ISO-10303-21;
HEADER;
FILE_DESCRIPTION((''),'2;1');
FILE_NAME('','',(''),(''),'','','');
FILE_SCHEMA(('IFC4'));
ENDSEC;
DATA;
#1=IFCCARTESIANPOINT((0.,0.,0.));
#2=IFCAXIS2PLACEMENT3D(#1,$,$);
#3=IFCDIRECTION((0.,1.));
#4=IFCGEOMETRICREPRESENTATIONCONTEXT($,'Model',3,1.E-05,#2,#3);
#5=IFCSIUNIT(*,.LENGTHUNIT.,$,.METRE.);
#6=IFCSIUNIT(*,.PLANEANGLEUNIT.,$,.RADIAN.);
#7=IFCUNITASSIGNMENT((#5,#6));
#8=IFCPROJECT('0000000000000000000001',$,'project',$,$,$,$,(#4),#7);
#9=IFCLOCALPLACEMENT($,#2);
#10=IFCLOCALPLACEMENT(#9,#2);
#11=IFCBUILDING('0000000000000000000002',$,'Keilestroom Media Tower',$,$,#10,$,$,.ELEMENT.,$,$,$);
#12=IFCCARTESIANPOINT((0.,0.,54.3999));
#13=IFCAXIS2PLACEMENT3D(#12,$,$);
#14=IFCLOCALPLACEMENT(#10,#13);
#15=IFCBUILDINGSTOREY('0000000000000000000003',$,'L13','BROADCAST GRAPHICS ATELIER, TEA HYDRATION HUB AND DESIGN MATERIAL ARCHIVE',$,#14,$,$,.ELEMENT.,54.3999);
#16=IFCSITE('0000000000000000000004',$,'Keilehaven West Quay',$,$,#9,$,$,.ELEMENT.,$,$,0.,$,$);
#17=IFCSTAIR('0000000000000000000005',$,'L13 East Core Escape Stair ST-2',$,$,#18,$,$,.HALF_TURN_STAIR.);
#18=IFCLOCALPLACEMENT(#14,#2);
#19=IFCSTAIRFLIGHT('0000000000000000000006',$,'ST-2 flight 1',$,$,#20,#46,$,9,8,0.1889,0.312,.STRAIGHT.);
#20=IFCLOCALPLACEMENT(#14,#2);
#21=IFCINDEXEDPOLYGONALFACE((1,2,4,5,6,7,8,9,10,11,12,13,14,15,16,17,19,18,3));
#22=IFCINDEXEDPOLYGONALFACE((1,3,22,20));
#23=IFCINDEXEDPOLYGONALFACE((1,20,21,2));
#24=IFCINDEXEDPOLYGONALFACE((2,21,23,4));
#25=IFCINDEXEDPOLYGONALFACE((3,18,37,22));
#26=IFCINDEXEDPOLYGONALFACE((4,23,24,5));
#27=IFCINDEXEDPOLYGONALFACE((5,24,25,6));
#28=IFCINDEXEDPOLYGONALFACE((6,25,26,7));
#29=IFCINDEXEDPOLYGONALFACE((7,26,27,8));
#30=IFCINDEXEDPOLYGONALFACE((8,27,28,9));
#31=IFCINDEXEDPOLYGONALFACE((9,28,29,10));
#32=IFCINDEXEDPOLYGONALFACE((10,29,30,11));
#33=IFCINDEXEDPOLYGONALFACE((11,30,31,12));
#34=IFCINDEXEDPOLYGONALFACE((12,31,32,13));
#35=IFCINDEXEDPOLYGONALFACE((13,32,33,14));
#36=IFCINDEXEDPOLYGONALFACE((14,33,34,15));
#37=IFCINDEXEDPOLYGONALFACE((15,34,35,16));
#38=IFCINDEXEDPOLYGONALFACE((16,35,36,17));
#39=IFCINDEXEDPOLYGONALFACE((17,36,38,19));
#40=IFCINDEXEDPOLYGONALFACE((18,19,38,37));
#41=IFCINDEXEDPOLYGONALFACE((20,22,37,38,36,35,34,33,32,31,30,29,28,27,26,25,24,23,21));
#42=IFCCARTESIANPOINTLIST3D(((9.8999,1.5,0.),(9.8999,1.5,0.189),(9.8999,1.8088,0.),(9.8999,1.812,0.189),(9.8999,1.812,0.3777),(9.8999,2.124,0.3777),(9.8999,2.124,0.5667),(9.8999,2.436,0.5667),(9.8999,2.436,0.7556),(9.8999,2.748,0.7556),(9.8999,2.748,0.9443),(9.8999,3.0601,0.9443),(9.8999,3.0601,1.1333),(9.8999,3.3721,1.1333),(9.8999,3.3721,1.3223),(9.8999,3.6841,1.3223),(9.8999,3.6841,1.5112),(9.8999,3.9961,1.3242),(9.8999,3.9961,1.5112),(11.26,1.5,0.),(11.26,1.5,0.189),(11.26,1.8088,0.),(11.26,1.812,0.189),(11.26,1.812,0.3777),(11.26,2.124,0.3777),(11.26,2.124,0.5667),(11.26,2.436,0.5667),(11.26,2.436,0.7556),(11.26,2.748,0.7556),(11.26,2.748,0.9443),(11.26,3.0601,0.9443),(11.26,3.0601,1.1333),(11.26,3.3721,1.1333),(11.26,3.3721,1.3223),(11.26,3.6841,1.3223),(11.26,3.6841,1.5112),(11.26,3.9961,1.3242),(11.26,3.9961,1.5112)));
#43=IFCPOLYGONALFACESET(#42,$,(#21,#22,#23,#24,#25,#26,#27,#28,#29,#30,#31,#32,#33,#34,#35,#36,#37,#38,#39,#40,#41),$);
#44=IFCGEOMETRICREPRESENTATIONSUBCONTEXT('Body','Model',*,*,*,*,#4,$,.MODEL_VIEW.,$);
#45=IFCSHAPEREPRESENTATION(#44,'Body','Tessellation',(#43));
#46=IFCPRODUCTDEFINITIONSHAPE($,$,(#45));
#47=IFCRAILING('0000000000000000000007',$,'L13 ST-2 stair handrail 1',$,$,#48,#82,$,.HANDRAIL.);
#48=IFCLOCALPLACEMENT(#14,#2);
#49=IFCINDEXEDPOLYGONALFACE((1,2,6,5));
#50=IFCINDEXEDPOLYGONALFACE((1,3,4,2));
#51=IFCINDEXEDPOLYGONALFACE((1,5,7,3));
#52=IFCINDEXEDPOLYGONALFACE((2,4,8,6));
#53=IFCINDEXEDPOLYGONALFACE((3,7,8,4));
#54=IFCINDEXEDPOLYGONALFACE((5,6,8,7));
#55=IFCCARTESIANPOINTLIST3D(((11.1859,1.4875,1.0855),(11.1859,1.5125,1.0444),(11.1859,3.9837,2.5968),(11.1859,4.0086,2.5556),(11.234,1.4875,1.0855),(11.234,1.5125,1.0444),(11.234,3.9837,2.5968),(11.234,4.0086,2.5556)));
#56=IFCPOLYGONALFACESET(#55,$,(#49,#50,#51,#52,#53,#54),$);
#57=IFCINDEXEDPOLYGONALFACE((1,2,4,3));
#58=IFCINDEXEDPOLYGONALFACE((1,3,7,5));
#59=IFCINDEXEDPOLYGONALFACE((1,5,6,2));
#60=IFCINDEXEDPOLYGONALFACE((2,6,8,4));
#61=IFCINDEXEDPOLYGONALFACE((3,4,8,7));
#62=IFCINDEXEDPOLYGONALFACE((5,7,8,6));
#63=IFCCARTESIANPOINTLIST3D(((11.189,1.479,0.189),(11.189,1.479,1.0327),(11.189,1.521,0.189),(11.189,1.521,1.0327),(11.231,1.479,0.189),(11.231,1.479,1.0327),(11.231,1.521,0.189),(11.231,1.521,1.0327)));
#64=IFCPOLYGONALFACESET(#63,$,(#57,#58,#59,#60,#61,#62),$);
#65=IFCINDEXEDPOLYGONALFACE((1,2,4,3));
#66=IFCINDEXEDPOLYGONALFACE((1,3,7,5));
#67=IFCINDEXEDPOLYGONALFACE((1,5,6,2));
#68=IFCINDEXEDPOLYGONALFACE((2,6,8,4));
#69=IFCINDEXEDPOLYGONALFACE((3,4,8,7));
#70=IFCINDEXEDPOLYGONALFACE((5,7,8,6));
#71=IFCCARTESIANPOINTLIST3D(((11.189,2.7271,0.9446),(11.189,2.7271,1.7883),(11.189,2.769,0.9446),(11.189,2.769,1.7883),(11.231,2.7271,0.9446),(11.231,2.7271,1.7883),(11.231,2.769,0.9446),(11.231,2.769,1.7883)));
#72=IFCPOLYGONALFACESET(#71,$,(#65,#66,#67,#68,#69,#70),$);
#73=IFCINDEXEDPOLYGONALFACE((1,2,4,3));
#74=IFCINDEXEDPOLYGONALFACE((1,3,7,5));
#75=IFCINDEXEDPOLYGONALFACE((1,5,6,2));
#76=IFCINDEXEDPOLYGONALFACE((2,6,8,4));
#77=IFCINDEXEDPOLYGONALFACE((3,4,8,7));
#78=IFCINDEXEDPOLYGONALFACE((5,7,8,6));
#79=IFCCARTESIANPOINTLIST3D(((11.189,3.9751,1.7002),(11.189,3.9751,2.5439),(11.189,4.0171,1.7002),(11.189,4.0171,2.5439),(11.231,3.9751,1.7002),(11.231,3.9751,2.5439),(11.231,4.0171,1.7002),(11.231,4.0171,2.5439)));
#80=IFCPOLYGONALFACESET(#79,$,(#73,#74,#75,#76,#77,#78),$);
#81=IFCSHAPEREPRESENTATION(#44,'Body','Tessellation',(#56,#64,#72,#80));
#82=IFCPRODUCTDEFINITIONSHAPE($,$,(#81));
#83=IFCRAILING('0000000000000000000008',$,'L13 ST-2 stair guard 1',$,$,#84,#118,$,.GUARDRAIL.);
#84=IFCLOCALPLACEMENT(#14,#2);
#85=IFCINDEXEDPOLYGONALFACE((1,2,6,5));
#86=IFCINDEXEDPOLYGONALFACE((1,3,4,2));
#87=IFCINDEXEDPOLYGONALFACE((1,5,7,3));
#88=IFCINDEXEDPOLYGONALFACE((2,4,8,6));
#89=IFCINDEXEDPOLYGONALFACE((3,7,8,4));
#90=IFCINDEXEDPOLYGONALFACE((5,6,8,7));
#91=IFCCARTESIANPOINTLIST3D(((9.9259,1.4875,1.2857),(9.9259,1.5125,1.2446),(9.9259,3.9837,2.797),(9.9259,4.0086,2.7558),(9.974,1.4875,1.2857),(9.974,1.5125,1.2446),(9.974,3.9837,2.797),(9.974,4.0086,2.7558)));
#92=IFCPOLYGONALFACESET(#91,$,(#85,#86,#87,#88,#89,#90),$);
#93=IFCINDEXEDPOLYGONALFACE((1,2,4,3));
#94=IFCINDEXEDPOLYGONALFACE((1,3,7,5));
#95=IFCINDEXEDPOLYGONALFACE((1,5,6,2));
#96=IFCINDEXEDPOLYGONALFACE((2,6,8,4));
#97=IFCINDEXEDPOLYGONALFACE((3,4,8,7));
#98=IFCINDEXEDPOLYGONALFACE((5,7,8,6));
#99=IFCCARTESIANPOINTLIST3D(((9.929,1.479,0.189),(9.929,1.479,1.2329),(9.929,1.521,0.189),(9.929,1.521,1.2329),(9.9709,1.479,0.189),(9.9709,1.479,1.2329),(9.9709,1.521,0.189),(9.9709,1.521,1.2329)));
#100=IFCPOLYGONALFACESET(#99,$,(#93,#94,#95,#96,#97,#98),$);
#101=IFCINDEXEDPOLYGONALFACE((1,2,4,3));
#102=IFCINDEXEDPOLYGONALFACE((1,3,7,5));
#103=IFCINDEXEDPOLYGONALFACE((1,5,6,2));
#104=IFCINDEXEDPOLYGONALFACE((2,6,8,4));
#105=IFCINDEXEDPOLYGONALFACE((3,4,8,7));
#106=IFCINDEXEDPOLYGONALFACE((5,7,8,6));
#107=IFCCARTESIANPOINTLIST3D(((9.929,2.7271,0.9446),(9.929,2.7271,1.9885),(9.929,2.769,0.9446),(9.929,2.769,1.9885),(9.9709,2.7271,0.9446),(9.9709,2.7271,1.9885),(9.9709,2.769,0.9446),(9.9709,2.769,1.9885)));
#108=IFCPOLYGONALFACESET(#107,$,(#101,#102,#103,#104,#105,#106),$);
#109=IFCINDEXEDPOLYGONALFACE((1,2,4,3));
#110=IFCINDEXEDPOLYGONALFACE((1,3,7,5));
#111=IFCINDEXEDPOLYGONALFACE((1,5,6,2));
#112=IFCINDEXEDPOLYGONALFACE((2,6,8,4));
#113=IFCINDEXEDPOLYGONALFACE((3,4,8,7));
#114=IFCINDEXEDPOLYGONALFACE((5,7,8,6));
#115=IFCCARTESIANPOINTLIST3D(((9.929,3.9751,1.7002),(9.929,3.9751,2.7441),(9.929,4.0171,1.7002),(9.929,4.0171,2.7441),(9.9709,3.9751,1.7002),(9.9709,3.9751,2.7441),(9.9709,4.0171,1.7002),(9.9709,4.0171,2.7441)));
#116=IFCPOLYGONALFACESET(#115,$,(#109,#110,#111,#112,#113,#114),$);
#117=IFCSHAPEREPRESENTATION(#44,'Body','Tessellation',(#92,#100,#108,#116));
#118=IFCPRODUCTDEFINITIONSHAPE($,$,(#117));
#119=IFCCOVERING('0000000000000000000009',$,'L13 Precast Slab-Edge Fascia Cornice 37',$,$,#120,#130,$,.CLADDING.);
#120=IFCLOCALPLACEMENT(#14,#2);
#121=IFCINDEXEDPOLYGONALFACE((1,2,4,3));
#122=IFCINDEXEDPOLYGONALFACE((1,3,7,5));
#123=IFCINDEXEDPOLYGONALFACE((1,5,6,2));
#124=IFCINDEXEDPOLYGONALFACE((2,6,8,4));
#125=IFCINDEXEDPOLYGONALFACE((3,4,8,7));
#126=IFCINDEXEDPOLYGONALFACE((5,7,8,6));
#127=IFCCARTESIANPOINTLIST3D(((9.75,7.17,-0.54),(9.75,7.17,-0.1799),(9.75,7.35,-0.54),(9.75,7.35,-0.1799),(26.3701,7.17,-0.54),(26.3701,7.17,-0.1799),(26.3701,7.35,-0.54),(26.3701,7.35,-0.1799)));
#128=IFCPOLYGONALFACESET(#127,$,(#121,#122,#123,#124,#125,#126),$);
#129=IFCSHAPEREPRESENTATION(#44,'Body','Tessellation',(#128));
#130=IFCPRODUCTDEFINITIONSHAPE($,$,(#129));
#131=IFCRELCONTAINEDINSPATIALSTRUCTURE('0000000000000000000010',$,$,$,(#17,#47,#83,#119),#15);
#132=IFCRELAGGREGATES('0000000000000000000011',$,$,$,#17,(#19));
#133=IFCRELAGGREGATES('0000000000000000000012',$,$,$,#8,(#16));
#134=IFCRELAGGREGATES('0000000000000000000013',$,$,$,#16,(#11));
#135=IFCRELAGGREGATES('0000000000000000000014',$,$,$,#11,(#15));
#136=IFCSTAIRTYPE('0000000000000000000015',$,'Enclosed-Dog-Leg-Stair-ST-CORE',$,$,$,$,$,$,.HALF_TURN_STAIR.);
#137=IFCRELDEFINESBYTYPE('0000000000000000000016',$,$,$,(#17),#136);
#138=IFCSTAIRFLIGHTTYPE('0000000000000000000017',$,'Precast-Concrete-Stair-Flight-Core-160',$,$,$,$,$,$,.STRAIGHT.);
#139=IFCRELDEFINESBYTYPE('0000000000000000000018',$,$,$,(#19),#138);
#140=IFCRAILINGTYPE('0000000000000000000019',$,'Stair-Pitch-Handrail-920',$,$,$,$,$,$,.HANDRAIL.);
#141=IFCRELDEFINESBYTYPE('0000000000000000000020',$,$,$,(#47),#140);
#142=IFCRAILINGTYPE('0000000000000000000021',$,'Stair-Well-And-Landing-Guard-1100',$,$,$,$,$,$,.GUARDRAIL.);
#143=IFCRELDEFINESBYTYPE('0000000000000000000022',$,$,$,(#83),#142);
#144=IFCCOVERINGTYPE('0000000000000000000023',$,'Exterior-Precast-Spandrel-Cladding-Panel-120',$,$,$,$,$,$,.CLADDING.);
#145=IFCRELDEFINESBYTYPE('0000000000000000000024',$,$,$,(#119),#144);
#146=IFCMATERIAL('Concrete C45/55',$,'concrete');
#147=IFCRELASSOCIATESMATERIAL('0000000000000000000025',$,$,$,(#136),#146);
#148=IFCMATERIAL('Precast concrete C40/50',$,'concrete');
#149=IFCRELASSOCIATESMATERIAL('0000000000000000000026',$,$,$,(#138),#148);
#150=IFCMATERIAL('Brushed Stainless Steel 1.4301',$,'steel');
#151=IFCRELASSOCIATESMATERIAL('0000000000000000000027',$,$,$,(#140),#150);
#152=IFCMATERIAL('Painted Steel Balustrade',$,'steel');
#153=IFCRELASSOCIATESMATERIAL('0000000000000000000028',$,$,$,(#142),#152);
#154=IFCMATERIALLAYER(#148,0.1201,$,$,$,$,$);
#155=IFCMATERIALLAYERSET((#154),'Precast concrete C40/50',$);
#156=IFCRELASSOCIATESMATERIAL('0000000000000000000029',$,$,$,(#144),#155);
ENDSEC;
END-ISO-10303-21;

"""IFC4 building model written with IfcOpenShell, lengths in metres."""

from ifc_helpers import new_model, si_unit, direction, frame, origin, origin_2d, place, context, subcontext, project, spatial, polyline, rectangle, outline, extrude, source, transform, mapped, material, layer, layer_set, type_object, element, aggregate, save


model = new_model("IFC4")

# Units and contexts
model_context = context("Model", 3, precision=1e-05, world=origin(), true_north=direction((0.0, 1.0)))
body_context = subcontext(model_context, "Body", "Model", "MODEL_VIEW")
ifc_project = project(units=[si_unit("LENGTHUNIT", "METRE"), si_unit("PLANEANGLEUNIT", "RADIAN")], contexts=[model_context])

# Site, building, storey
site_placement = place(None, origin())
site = spatial("IfcSite", under=ifc_project, at=site_placement, Name="Keilehaven West Quay", CompositionType="ELEMENT", RefElevation=0.0)
building_placement = place(site_placement, origin())
building = spatial("IfcBuilding", under=site, at=building_placement, Name="Keilestroom Media Tower", CompositionType="ELEMENT")
storey_placement = place(building_placement, frame((0.0, 0.0, 54.3999)))
storey = spatial("IfcBuildingStorey", under=building, at=storey_placement, Name="L13", Description="BROADCAST GRAPHICS ATELIER, TEA HYDRATION HUB AND DESIGN MATERIAL ARCHIVE", CompositionType="ELEMENT", Elevation=54.3999)

# Shared definitions
ifc_material_1 = material(Name="Precast concrete C40/50", Category="concrete")

# Stair, stair flight
ifc_material_2 = material(Name="Concrete C45/55", Category="concrete")
stair_type = type_object("IfcStairType", Name="Enclosed-Dog-Leg-Stair-ST-CORE", PredefinedType="HALF_TURN_STAIR", material=ifc_material_2)
stair_placement = place(storey_placement, origin())
stair = element("IfcStair", 1, at=stair_placement, inside=storey, type_object=stair_type, Name="L13 East Core Escape Stair ST-2", PredefinedType="HALF_TURN_STAIR")
stair_flight_type = type_object("IfcStairFlightType", Name="Precast-Concrete-Stair-Flight-Core-160", PredefinedType="STRAIGHT", material=ifc_material_1)
stair_flight_placement = place(storey_placement, frame((10.5801, 1.5, 0.0), z_axis=(0.0, 0.0, 1.0), x_axis=(0.0, 1.0, 0.0)))
stair_flight = element("IfcStairFlight", 2, at=stair_flight_placement, type_object=stair_flight_type, Name="ST-2 flight 1", NumberOfRisers=9, NumberOfTreads=8, PredefinedType="STRAIGHT", RiserHeight=0.1889, TreadLength=0.312, context=body_context, shape_type="SweptSolid", body=[
    extrude(outline(polyline([(0.0, 0.0), (0.0, 0.189), (0.312, 0.189), (0.312, 0.3777), (0.624, 0.3777), (0.624, 0.5667), (0.936, 0.5667), (0.936, 0.7556), (1.248, 0.7556), (1.248, 0.9443), (1.5601, 0.9443), (1.5601, 1.1333), (1.8721, 1.1333), (1.8721, 1.3223), (2.1841, 1.3223), (2.1841, 1.5112), (2.4961, 1.5112), (2.4961, 1.7), (2.4961, 1.3242), (0.3088, 0.0), (0.0, 0.0)])), frame((0.0, 0.6802, 0.0), z_axis=(0.0, -1.0, 0.0), x_axis=(1.0, 0.0, 0.0)), (0.0, 0.0, 1.0), 1.3601),
])
aggregate(stair, [stair_flight])

# Railings
ifc_material_3 = material(Name="Brushed Stainless Steel 1.4301", Category="steel")
railing_type_1 = type_object("IfcRailingType", Name="Stair-Pitch-Handrail-920", PredefinedType="HANDRAIL", material=ifc_material_3)
railing_1_placement = place(storey_placement, frame((11.21, 1.5, 0.189)))
element("IfcRailing", 3, at=railing_1_placement, inside=storey, type_object=railing_type_1, Name="L13 ST-2 stair handrail 1", PredefinedType="HANDRAIL", context=body_context, shape_type="SweptSolid", body=[
    extrude(rectangle(XDim=0.0481, YDim=0.0481, at=origin_2d()), frame((0.0, 0.0, 0.876), z_axis=(0.0, 0.855434, 0.517912), x_axis=(-1.0, 0.0, 0.0)), (0.0, 0.0, 1.0), 2.918),
    extrude(rectangle(XDim=0.042, YDim=0.042, at=origin_2d()), origin(), (0.0, 0.0, 1.0), 0.8438),
    extrude(rectangle(XDim=0.042, YDim=0.042, at=origin_2d()), frame((0.0, 1.248, 0.7556)), (0.0, 0.0, 1.0), 0.8438),
    extrude(rectangle(XDim=0.042, YDim=0.042, at=origin_2d()), frame((0.0, 2.4961, 1.5112)), (0.0, 0.0, 1.0), 0.8438),
])
ifc_material_4 = material(Name="Painted Steel Balustrade", Category="steel")
railing_type_2 = type_object("IfcRailingType", Name="Stair-Well-And-Landing-Guard-1100", PredefinedType="GUARDRAIL", material=ifc_material_4)
railing_2_placement = place(storey_placement, frame((9.95, 1.5, 0.189)))
element("IfcRailing", 4, at=railing_2_placement, inside=storey, type_object=railing_type_2, Name="L13 ST-2 stair guard 1", PredefinedType="GUARDRAIL", context=body_context, shape_type="SweptSolid", body=[
    extrude(rectangle(XDim=0.0481, YDim=0.0481, at=origin_2d()), frame((0.0, 0.0, 1.0762), z_axis=(0.0, 0.855434, 0.517912), x_axis=(-1.0, 0.0, 0.0)), (0.0, 0.0, 1.0), 2.918),
    extrude(rectangle(XDim=0.042, YDim=0.042, at=origin_2d()), origin(), (0.0, 0.0, 1.0), 1.0439),
    extrude(rectangle(XDim=0.042, YDim=0.042, at=origin_2d()), frame((0.0, 1.248, 0.7556)), (0.0, 0.0, 1.0), 1.0439),
    extrude(rectangle(XDim=0.042, YDim=0.042, at=origin_2d()), frame((0.0, 2.4961, 1.5112)), (0.0, 0.0, 1.0), 1.0439),
])

# Covering
ifc_layer_1 = layer(ifc_material_1, 0.1201)
ifc_layer_set_1 = layer_set([ifc_layer_1], Name="Precast concrete C40/50")
covering_type = type_object("IfcCoveringType", Name="Exterior-Precast-Spandrel-Cladding-Panel-120", PredefinedType="CLADDING", material=ifc_layer_set_1)
shared_shape_1 = source(origin(), body_context, "Body", "SweptSolid", [
    extrude(rectangle(XDim=16.6201, YDim=0.1799, at=origin_2d()), origin(), (0.0, 0.0, 1.0), 0.3601),
])
covering_placement = place(storey_placement, frame((18.0601, 7.26, -0.54), z_axis=(0.0, 0.0, 1.0), x_axis=(1.0, 0.0, 0.0)))
element("IfcCovering", 5, at=covering_placement, inside=storey, type_object=covering_type, Name="L13 Precast Slab-Edge Fascia Cornice 37", PredefinedType="CLADDING", context=body_context, shape_type="MappedRepresentation", body=[
    mapped(shared_shape_1, transform((0.0, 0.0, 0.0), x_axis=(1.0, 0.0, 0.0), y_axis=(0.0, 1.0, 0.0), z_axis=(0.0, 0.0, 1.0), scale=1.0)),
])

save(model, "model.ifc")
